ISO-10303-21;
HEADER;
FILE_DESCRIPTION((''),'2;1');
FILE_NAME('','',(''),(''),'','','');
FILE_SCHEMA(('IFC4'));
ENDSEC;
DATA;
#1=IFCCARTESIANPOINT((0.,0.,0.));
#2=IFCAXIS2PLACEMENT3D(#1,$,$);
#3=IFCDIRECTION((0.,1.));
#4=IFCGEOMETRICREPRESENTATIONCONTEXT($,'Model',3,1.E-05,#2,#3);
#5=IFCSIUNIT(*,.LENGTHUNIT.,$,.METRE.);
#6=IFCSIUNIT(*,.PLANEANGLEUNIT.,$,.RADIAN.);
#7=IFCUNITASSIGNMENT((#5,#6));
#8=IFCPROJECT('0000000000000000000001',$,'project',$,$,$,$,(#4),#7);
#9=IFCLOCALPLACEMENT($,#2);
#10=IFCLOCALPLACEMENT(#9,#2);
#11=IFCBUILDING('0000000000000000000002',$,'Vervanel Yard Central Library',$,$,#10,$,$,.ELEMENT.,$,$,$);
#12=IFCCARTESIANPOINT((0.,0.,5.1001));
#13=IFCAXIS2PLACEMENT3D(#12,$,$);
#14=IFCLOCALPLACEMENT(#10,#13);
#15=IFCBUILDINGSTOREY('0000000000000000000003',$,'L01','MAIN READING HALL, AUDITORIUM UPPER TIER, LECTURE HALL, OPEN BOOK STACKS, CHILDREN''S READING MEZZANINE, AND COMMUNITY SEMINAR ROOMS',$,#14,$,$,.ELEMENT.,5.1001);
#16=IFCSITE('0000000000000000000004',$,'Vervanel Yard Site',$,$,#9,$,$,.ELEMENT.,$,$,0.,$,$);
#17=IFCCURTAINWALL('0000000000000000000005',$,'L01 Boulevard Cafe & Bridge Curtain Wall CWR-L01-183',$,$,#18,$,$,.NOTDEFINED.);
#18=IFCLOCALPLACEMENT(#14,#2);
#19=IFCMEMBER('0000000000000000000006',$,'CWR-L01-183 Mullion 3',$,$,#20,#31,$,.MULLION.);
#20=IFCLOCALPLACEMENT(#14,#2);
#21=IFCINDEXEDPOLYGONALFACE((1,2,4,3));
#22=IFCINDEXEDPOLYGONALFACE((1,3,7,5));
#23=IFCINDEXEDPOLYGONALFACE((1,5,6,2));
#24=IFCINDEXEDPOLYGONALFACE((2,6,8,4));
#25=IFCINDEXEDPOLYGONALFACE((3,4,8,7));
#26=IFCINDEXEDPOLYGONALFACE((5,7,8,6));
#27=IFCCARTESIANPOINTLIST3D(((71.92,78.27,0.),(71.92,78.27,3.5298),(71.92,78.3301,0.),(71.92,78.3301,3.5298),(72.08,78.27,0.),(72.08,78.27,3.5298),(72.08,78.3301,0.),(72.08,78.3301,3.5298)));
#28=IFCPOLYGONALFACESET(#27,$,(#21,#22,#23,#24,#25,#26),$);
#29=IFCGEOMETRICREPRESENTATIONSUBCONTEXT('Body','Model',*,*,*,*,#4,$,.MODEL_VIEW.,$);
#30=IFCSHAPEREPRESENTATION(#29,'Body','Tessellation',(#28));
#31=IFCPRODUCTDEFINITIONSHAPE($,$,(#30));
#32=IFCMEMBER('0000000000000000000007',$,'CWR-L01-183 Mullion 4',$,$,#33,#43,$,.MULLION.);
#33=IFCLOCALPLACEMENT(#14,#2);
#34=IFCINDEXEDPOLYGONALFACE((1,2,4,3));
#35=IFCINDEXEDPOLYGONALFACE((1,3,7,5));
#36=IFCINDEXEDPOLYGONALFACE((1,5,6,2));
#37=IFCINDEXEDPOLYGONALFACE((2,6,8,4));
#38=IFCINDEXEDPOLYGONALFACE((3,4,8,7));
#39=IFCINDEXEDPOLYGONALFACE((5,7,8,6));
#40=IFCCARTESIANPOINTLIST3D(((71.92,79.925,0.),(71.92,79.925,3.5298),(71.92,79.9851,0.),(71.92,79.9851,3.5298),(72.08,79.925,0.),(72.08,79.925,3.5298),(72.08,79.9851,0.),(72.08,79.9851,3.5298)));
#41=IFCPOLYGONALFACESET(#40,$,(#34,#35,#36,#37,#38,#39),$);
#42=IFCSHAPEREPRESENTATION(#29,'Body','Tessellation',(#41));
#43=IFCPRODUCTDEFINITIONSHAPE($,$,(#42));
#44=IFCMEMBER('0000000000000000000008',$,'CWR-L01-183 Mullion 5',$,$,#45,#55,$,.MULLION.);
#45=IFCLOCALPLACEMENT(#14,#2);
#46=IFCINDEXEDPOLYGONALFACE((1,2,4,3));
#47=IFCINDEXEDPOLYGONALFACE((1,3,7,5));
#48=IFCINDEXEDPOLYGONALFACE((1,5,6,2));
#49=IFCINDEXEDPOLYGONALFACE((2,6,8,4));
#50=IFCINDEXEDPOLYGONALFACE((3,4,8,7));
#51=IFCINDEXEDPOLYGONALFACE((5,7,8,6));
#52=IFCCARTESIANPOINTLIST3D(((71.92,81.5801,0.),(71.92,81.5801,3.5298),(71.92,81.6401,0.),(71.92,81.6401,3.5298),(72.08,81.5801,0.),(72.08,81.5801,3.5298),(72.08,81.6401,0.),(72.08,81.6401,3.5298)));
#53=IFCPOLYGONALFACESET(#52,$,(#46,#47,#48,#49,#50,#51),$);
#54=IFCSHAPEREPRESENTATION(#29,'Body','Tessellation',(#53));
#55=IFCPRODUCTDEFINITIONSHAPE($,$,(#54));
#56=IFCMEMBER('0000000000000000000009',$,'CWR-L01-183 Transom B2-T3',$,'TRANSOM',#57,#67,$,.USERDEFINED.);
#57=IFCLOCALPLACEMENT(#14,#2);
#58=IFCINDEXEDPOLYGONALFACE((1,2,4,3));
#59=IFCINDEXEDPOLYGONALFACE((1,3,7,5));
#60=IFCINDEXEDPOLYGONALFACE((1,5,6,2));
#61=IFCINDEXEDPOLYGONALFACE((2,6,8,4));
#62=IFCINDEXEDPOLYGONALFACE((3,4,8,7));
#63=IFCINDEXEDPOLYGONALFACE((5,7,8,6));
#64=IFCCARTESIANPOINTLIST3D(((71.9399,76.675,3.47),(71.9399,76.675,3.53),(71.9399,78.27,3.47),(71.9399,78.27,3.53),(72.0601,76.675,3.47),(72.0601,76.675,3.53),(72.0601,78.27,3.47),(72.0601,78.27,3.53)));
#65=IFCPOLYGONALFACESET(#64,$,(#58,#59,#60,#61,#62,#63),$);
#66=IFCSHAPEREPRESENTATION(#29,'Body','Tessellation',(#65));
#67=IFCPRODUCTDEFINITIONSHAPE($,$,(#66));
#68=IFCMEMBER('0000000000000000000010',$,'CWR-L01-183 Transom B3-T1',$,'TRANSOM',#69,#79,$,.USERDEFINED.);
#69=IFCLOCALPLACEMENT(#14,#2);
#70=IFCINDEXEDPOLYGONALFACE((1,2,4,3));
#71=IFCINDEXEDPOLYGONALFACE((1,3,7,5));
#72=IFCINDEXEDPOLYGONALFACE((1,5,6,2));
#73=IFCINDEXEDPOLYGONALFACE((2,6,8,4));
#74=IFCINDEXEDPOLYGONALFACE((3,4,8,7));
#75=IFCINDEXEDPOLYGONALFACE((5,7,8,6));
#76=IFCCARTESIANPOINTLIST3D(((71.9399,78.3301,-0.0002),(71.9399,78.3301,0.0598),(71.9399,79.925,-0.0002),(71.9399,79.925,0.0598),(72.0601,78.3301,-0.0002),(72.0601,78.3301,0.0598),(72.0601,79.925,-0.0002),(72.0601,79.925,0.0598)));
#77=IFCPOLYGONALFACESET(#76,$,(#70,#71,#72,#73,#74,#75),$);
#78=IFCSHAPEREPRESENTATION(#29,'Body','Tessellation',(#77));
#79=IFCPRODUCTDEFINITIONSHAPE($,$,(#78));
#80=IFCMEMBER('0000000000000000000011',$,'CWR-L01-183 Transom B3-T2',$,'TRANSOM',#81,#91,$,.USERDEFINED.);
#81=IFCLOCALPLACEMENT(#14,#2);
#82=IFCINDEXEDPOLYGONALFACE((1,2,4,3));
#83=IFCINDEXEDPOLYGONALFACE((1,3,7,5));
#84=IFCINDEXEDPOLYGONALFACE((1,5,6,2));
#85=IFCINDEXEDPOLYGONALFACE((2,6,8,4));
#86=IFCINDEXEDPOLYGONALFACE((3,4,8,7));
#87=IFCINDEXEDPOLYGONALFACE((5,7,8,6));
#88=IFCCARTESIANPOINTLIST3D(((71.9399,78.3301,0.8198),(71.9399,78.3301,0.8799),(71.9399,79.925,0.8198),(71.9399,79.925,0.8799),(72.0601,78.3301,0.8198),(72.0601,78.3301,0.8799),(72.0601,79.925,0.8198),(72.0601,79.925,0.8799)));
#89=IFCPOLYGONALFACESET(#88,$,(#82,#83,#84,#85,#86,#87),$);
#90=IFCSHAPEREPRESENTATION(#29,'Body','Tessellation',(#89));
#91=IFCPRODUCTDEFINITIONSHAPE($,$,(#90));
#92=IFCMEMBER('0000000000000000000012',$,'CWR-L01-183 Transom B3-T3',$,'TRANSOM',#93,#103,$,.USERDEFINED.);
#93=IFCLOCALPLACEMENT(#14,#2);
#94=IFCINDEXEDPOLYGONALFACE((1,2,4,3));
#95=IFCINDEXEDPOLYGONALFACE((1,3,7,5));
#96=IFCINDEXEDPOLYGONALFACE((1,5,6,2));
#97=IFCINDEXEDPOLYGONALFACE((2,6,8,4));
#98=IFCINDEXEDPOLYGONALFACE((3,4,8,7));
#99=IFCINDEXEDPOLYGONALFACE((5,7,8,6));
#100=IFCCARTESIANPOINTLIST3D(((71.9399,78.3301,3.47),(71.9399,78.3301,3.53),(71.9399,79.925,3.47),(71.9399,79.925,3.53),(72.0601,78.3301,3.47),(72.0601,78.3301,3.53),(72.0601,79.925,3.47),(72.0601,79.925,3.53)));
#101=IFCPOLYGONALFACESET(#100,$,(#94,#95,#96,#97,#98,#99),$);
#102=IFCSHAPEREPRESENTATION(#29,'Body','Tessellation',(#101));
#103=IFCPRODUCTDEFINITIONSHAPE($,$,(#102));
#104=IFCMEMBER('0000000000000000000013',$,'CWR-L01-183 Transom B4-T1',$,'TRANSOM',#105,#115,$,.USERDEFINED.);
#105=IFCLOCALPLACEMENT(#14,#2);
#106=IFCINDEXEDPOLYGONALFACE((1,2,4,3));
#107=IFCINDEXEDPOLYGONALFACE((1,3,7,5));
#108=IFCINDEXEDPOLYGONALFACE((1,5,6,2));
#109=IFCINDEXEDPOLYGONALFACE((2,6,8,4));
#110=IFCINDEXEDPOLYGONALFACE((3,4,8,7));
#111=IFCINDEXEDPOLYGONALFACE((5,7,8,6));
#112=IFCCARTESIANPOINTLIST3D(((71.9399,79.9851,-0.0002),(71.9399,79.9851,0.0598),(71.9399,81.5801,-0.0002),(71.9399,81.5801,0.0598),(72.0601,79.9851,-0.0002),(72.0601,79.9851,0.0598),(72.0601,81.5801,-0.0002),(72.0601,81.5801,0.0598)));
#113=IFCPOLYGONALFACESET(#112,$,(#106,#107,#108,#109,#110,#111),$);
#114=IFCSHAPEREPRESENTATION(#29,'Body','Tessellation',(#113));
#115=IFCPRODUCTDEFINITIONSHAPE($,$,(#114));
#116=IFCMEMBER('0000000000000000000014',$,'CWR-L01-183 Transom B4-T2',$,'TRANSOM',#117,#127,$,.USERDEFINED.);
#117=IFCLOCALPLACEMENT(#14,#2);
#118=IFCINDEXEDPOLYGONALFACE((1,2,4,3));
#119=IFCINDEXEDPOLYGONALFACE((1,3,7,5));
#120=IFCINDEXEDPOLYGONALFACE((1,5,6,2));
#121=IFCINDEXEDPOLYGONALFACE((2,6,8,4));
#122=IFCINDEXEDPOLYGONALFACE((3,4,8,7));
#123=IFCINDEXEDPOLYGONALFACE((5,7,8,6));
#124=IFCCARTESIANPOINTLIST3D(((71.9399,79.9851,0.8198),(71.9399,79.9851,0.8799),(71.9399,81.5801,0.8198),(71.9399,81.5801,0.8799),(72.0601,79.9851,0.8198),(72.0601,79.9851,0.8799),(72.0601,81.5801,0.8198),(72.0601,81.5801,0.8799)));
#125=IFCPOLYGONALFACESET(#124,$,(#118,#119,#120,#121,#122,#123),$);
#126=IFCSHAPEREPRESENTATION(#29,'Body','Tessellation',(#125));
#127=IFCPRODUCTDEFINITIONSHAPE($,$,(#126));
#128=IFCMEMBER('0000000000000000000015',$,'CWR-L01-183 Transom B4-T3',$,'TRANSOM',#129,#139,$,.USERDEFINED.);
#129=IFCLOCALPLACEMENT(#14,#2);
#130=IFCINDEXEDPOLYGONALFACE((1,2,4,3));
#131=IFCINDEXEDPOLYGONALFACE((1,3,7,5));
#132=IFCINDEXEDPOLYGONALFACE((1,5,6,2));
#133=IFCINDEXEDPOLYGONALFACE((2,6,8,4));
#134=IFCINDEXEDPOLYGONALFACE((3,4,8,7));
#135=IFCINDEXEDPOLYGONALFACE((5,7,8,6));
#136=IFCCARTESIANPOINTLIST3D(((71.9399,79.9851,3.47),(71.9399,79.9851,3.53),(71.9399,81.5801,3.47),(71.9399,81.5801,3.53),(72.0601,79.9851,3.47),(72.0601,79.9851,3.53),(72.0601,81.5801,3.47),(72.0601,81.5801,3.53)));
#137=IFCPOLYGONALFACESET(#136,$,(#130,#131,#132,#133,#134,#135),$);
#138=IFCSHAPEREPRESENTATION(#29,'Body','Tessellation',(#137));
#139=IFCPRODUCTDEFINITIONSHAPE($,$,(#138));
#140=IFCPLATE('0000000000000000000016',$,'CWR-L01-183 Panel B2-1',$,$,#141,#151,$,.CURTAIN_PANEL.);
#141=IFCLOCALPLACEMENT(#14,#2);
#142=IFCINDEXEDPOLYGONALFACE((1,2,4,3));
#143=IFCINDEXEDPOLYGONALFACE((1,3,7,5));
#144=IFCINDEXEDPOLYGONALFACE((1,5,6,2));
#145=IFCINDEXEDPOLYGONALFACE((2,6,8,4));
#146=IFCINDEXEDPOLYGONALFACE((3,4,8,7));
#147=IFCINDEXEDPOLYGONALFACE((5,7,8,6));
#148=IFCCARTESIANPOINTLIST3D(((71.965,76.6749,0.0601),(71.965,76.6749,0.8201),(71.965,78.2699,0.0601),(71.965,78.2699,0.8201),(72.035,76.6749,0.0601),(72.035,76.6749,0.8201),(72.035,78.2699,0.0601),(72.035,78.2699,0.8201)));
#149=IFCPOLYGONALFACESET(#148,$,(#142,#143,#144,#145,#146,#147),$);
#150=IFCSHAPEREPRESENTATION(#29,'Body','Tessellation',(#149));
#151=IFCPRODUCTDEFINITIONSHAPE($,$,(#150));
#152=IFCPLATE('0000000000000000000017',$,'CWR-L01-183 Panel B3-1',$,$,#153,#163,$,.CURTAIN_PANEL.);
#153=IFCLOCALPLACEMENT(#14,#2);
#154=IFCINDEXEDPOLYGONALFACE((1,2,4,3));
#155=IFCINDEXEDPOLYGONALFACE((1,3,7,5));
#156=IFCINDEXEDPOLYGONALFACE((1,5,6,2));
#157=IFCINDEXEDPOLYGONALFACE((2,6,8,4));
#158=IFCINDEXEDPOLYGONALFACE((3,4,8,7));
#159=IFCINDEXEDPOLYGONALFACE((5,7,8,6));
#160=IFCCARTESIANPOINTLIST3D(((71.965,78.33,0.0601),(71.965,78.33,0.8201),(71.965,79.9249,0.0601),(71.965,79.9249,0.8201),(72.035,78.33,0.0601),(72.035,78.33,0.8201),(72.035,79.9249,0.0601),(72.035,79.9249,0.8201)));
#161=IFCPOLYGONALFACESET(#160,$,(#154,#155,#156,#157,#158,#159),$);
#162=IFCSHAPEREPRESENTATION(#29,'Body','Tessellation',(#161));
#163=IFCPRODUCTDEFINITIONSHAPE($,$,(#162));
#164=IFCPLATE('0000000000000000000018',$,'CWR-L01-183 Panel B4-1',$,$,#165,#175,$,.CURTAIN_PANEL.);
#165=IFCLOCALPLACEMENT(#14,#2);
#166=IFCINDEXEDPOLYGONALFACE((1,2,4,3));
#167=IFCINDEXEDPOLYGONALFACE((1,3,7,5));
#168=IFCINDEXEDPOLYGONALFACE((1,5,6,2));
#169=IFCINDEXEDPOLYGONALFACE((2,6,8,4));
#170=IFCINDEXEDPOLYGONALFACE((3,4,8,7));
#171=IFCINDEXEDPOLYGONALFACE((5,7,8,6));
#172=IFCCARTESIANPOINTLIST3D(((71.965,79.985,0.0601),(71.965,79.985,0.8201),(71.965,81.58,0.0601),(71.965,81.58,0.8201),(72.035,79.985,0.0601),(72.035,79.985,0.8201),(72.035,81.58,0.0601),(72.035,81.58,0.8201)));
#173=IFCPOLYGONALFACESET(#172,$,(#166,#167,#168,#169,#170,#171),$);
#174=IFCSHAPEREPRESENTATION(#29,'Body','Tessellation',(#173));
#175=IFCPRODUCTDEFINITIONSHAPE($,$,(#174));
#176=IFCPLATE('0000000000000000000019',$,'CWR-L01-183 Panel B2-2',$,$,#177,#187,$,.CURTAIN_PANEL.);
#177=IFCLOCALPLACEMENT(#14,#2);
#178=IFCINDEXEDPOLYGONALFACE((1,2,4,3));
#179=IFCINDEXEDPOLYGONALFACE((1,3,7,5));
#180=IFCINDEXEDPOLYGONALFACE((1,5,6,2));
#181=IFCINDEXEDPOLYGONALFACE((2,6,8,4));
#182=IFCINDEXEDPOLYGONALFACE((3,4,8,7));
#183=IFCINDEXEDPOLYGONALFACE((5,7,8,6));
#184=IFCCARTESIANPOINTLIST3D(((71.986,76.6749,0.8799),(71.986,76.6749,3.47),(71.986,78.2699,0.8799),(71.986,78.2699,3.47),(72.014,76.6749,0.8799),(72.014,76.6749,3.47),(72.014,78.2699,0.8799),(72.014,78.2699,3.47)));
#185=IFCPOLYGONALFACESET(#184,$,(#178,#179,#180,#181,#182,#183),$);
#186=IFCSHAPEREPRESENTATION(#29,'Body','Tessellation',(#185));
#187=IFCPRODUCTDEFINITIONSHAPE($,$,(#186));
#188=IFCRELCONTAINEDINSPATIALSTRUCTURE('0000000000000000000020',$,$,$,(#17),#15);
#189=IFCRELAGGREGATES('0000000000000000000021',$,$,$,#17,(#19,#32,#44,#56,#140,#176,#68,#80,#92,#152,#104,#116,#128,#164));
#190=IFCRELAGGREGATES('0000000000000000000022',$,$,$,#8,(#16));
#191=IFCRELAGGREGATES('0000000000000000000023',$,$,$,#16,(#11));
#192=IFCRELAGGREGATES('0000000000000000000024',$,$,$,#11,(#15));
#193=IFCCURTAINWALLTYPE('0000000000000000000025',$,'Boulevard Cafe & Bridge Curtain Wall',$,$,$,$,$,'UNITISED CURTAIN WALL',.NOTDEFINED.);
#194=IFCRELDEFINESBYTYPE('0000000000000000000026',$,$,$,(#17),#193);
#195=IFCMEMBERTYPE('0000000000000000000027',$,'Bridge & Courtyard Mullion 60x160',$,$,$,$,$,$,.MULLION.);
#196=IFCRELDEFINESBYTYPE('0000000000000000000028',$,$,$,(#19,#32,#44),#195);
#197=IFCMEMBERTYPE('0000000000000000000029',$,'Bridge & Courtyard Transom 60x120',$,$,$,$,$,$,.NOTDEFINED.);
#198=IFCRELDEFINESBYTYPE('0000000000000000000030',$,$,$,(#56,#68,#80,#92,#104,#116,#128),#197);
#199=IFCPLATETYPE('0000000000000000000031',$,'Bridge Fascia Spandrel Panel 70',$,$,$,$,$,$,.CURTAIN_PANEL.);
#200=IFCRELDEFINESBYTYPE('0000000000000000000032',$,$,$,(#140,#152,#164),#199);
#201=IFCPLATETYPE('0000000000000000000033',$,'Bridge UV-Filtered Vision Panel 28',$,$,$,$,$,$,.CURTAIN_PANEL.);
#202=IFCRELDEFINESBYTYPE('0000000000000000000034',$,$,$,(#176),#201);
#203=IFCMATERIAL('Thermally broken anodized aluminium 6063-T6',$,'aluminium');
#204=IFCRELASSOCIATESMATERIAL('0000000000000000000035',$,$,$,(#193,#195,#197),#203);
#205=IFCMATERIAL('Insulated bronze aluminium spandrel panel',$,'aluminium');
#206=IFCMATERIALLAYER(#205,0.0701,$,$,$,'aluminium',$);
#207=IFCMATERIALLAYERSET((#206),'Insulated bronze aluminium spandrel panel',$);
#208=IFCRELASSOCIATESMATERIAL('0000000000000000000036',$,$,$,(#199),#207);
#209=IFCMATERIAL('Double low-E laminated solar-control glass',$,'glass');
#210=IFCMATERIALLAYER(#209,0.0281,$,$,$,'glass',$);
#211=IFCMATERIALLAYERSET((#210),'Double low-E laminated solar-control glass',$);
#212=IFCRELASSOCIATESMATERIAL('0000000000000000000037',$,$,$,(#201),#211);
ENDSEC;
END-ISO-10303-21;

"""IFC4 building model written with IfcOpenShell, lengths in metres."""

from ifc_helpers import new_model, si_unit, direction, frame, origin, origin_2d, place, context, subcontext, project, spatial, rectangle, extrude, material, layer, layer_set, material_profile, profile_set, type_object, element, aggregate, save


model = new_model("IFC4")

# Units and contexts
model_context = context("Model", 3, precision=1e-05, world=origin(), true_north=direction((0.0, 1.0)))
body_context = subcontext(model_context, "Body", "Model", "MODEL_VIEW")
ifc_project = project(units=[si_unit("LENGTHUNIT", "METRE"), si_unit("PLANEANGLEUNIT", "RADIAN")], contexts=[model_context])

# Site, building, storey
site_placement = place(None, origin())
site = spatial("IfcSite", under=ifc_project, at=site_placement, Name="Vervanel Yard Site", CompositionType="ELEMENT", RefElevation=0.0)
building_placement = place(site_placement, origin())
building = spatial("IfcBuilding", under=site, at=building_placement, Name="Vervanel Yard Central Library", CompositionType="ELEMENT")
storey_placement = place(building_placement, frame((0.0, 0.0, 5.1001)))
storey = spatial("IfcBuildingStorey", under=building, at=storey_placement, Name="L01", Description="MAIN READING HALL, AUDITORIUM UPPER TIER, LECTURE HALL, OPEN BOOK STACKS, CHILDREN'S READING MEZZANINE, AND COMMUNITY SEMINAR ROOMS", CompositionType="ELEMENT", Elevation=5.1001)

# Curtain wall, members, plates
ifc_material_1 = material(Name="Thermally broken anodized aluminium 6063-T6", Category="aluminium")
curtain_wall_type = type_object("IfcCurtainWallType", Name="Boulevard Cafe & Bridge Curtain Wall", ElementType="UNITISED CURTAIN WALL", PredefinedType="NOTDEFINED", material=ifc_material_1)
curtain_wall_placement = place(storey_placement, origin())
curtain_wall = element("IfcCurtainWall", 1, at=curtain_wall_placement, inside=storey, type_object=curtain_wall_type, Name="L01 Boulevard Cafe & Bridge Curtain Wall CWR-L01-183", PredefinedType="NOTDEFINED")
ifc_material_profile_1 = material_profile(ifc_material_1, rectangle(XDim=0.0601, YDim=0.1599, at=origin_2d()), Name="ALU 60x160", Category="aluminium")
ifc_profile_set_1 = profile_set([ifc_material_profile_1], Name="Thermally broken anodized aluminium 6063-T6")
member_type_1 = type_object("IfcMemberType", Name="Bridge & Courtyard Mullion 60x160", PredefinedType="MULLION", material=ifc_profile_set_1)
member_1_placement = place(storey_placement, frame((72.0, 78.3, 0.0), z_axis=(0.0, 0.0, 1.0), x_axis=(0.0, 1.0, 0.0)))
member_1 = element("IfcMember", 2, at=member_1_placement, type_object=member_type_1, Name="CWR-L01-183 Mullion 3", PredefinedType="MULLION", context=body_context, shape_type="SweptSolid", body=[
    extrude(rectangle(XDim=0.0601, YDim=0.1599, at=origin_2d()), origin(), (0.0, 0.0, 1.0), 3.5298),
])
member_2_placement = place(storey_placement, frame((72.0, 79.9551, 0.0), z_axis=(0.0, 0.0, 1.0), x_axis=(0.0, 1.0, 0.0)))
member_2 = element("IfcMember", 3, at=member_2_placement, type_object=member_type_1, Name="CWR-L01-183 Mullion 4", PredefinedType="MULLION", context=body_context, shape_type="SweptSolid", body=[
    extrude(rectangle(XDim=0.0601, YDim=0.1599, at=origin_2d()), origin(), (0.0, 0.0, 1.0), 3.5298),
])
member_3_placement = place(storey_placement, frame((72.0, 81.6101, 0.0), z_axis=(0.0, 0.0, 1.0), x_axis=(0.0, 1.0, 0.0)))
member_3 = element("IfcMember", 4, at=member_3_placement, type_object=member_type_1, Name="CWR-L01-183 Mullion 5", PredefinedType="MULLION", context=body_context, shape_type="SweptSolid", body=[
    extrude(rectangle(XDim=0.0601, YDim=0.1599, at=origin_2d()), origin(), (0.0, 0.0, 1.0), 3.5298),
])
ifc_material_profile_2 = material_profile(ifc_material_1, rectangle(XDim=0.0601, YDim=0.1201, at=origin_2d()), Name="ALU 60x120", Category="aluminium")
ifc_profile_set_2 = profile_set([ifc_material_profile_2], Name="Thermally broken anodized aluminium 6063-T6")
member_type_2 = type_object("IfcMemberType", Name="Bridge & Courtyard Transom 60x120", PredefinedType="NOTDEFINED", material=ifc_profile_set_2)
member_4_placement = place(storey_placement, frame((72.0, 76.675, 3.5), z_axis=(0.0, 1.0, 0.0), x_axis=(0.0, 0.0, 1.0)))
member_4 = element("IfcMember", 5, at=member_4_placement, type_object=member_type_2, Name="CWR-L01-183 Transom B2-T3", ObjectType="TRANSOM", PredefinedType="USERDEFINED", context=body_context, shape_type="SweptSolid", body=[
    extrude(rectangle(XDim=0.0601, YDim=0.1201, at=origin_2d()), origin(), (0.0, 0.0, 1.0), 1.595),
])
member_5_placement = place(storey_placement, frame((72.0, 78.3301, 0.0298), z_axis=(0.0, 1.0, 0.0), x_axis=(0.0, 0.0, 1.0)))
member_5 = element("IfcMember", 6, at=member_5_placement, type_object=member_type_2, Name="CWR-L01-183 Transom B3-T1", ObjectType="TRANSOM", PredefinedType="USERDEFINED", context=body_context, shape_type="SweptSolid", body=[
    extrude(rectangle(XDim=0.0601, YDim=0.1201, at=origin_2d()), origin(), (0.0, 0.0, 1.0), 1.595),
])
member_6_placement = place(storey_placement, frame((72.0, 78.3301, 0.8499), z_axis=(0.0, 1.0, 0.0), x_axis=(0.0, 0.0, 1.0)))
member_6 = element("IfcMember", 7, at=member_6_placement, type_object=member_type_2, Name="CWR-L01-183 Transom B3-T2", ObjectType="TRANSOM", PredefinedType="USERDEFINED", context=body_context, shape_type="SweptSolid", body=[
    extrude(rectangle(XDim=0.0601, YDim=0.1201, at=origin_2d()), origin(), (0.0, 0.0, 1.0), 1.595),
])
member_7_placement = place(storey_placement, frame((72.0, 78.3301, 3.5), z_axis=(0.0, 1.0, 0.0), x_axis=(0.0, 0.0, 1.0)))
member_7 = element("IfcMember", 8, at=member_7_placement, type_object=member_type_2, Name="CWR-L01-183 Transom B3-T3", ObjectType="TRANSOM", PredefinedType="USERDEFINED", context=body_context, shape_type="SweptSolid", body=[
    extrude(rectangle(XDim=0.0601, YDim=0.1201, at=origin_2d()), origin(), (0.0, 0.0, 1.0), 1.595),
])
member_8_placement = place(storey_placement, frame((72.0, 79.9851, 0.0298), z_axis=(0.0, 1.0, 0.0), x_axis=(0.0, 0.0, 1.0)))
member_8 = element("IfcMember", 9, at=member_8_placement, type_object=member_type_2, Name="CWR-L01-183 Transom B4-T1", ObjectType="TRANSOM", PredefinedType="USERDEFINED", context=body_context, shape_type="SweptSolid", body=[
    extrude(rectangle(XDim=0.0601, YDim=0.1201, at=origin_2d()), origin(), (0.0, 0.0, 1.0), 1.595),
])
member_9_placement = place(storey_placement, frame((72.0, 79.9851, 0.8499), z_axis=(0.0, 1.0, 0.0), x_axis=(0.0, 0.0, 1.0)))
member_9 = element("IfcMember", 10, at=member_9_placement, type_object=member_type_2, Name="CWR-L01-183 Transom B4-T2", ObjectType="TRANSOM", PredefinedType="USERDEFINED", context=body_context, shape_type="SweptSolid", body=[
    extrude(rectangle(XDim=0.0601, YDim=0.1201, at=origin_2d()), origin(), (0.0, 0.0, 1.0), 1.595),
])
member_10_placement = place(storey_placement, frame((72.0, 79.9851, 3.5), z_axis=(0.0, 1.0, 0.0), x_axis=(0.0, 0.0, 1.0)))
member_10 = element("IfcMember", 11, at=member_10_placement, type_object=member_type_2, Name="CWR-L01-183 Transom B4-T3", ObjectType="TRANSOM", PredefinedType="USERDEFINED", context=body_context, shape_type="SweptSolid", body=[
    extrude(rectangle(XDim=0.0601, YDim=0.1201, at=origin_2d()), origin(), (0.0, 0.0, 1.0), 1.595),
])
ifc_material_2 = material(Name="Insulated bronze aluminium spandrel panel", Category="aluminium")
ifc_layer_1 = layer(ifc_material_2, 0.0701, Category="aluminium")
ifc_layer_set_1 = layer_set([ifc_layer_1], Name="Insulated bronze aluminium spandrel panel")
plate_type_1 = type_object("IfcPlateType", Name="Bridge Fascia Spandrel Panel 70", PredefinedType="CURTAIN_PANEL", material=ifc_layer_set_1)
plate_1_placement = place(storey_placement, frame((72.0, 77.4724, 0.0601), z_axis=(0.0, 0.0, 1.0), x_axis=(0.0, 1.0, 0.0)))
plate_1 = element("IfcPlate", 12, at=plate_1_placement, type_object=plate_type_1, Name="CWR-L01-183 Panel B2-1", PredefinedType="CURTAIN_PANEL", context=body_context, shape_type="SweptSolid", body=[
    extrude(rectangle(XDim=1.595, YDim=0.0701, at=origin_2d()), origin(), (0.0, 0.0, 1.0), 0.76),
])
plate_2_placement = place(storey_placement, frame((72.0, 79.1274, 0.0601), z_axis=(0.0, 0.0, 1.0), x_axis=(0.0, 1.0, 0.0)))
plate_2 = element("IfcPlate", 13, at=plate_2_placement, type_object=plate_type_1, Name="CWR-L01-183 Panel B3-1", PredefinedType="CURTAIN_PANEL", context=body_context, shape_type="SweptSolid", body=[
    extrude(rectangle(XDim=1.595, YDim=0.0701, at=origin_2d()), origin(), (0.0, 0.0, 1.0), 0.76),
])
plate_3_placement = place(storey_placement, frame((72.0, 80.7825, 0.0601), z_axis=(0.0, 0.0, 1.0), x_axis=(0.0, 1.0, 0.0)))
plate_3 = element("IfcPlate", 14, at=plate_3_placement, type_object=plate_type_1, Name="CWR-L01-183 Panel B4-1", PredefinedType="CURTAIN_PANEL", context=body_context, shape_type="SweptSolid", body=[
    extrude(rectangle(XDim=1.595, YDim=0.0701, at=origin_2d()), origin(), (0.0, 0.0, 1.0), 0.76),
])
ifc_material_3 = material(Name="Double low-E laminated solar-control glass", Category="glass")
ifc_layer_2 = layer(ifc_material_3, 0.0281, Category="glass")
ifc_layer_set_2 = layer_set([ifc_layer_2], Name="Double low-E laminated solar-control glass")
plate_type_2 = type_object("IfcPlateType", Name="Bridge UV-Filtered Vision Panel 28", PredefinedType="CURTAIN_PANEL", material=ifc_layer_set_2)
plate_4_placement = place(storey_placement, frame((72.0, 77.4724, 0.8799), z_axis=(0.0, 0.0, 1.0), x_axis=(0.0, 1.0, 0.0)))
plate_4 = element("IfcPlate", 15, at=plate_4_placement, type_object=plate_type_2, Name="CWR-L01-183 Panel B2-2", PredefinedType="CURTAIN_PANEL", context=body_context, shape_type="SweptSolid", body=[
    extrude(rectangle(XDim=1.595, YDim=0.0281, at=origin_2d()), origin(), (0.0, 0.0, 1.0), 2.5901),
])
aggregate(curtain_wall, [member_1, member_2, member_3, member_4, plate_1, plate_4, member_5, member_6, member_7, plate_2, member_8, member_9, member_10, plate_3])

save(model, "model.ifc")
